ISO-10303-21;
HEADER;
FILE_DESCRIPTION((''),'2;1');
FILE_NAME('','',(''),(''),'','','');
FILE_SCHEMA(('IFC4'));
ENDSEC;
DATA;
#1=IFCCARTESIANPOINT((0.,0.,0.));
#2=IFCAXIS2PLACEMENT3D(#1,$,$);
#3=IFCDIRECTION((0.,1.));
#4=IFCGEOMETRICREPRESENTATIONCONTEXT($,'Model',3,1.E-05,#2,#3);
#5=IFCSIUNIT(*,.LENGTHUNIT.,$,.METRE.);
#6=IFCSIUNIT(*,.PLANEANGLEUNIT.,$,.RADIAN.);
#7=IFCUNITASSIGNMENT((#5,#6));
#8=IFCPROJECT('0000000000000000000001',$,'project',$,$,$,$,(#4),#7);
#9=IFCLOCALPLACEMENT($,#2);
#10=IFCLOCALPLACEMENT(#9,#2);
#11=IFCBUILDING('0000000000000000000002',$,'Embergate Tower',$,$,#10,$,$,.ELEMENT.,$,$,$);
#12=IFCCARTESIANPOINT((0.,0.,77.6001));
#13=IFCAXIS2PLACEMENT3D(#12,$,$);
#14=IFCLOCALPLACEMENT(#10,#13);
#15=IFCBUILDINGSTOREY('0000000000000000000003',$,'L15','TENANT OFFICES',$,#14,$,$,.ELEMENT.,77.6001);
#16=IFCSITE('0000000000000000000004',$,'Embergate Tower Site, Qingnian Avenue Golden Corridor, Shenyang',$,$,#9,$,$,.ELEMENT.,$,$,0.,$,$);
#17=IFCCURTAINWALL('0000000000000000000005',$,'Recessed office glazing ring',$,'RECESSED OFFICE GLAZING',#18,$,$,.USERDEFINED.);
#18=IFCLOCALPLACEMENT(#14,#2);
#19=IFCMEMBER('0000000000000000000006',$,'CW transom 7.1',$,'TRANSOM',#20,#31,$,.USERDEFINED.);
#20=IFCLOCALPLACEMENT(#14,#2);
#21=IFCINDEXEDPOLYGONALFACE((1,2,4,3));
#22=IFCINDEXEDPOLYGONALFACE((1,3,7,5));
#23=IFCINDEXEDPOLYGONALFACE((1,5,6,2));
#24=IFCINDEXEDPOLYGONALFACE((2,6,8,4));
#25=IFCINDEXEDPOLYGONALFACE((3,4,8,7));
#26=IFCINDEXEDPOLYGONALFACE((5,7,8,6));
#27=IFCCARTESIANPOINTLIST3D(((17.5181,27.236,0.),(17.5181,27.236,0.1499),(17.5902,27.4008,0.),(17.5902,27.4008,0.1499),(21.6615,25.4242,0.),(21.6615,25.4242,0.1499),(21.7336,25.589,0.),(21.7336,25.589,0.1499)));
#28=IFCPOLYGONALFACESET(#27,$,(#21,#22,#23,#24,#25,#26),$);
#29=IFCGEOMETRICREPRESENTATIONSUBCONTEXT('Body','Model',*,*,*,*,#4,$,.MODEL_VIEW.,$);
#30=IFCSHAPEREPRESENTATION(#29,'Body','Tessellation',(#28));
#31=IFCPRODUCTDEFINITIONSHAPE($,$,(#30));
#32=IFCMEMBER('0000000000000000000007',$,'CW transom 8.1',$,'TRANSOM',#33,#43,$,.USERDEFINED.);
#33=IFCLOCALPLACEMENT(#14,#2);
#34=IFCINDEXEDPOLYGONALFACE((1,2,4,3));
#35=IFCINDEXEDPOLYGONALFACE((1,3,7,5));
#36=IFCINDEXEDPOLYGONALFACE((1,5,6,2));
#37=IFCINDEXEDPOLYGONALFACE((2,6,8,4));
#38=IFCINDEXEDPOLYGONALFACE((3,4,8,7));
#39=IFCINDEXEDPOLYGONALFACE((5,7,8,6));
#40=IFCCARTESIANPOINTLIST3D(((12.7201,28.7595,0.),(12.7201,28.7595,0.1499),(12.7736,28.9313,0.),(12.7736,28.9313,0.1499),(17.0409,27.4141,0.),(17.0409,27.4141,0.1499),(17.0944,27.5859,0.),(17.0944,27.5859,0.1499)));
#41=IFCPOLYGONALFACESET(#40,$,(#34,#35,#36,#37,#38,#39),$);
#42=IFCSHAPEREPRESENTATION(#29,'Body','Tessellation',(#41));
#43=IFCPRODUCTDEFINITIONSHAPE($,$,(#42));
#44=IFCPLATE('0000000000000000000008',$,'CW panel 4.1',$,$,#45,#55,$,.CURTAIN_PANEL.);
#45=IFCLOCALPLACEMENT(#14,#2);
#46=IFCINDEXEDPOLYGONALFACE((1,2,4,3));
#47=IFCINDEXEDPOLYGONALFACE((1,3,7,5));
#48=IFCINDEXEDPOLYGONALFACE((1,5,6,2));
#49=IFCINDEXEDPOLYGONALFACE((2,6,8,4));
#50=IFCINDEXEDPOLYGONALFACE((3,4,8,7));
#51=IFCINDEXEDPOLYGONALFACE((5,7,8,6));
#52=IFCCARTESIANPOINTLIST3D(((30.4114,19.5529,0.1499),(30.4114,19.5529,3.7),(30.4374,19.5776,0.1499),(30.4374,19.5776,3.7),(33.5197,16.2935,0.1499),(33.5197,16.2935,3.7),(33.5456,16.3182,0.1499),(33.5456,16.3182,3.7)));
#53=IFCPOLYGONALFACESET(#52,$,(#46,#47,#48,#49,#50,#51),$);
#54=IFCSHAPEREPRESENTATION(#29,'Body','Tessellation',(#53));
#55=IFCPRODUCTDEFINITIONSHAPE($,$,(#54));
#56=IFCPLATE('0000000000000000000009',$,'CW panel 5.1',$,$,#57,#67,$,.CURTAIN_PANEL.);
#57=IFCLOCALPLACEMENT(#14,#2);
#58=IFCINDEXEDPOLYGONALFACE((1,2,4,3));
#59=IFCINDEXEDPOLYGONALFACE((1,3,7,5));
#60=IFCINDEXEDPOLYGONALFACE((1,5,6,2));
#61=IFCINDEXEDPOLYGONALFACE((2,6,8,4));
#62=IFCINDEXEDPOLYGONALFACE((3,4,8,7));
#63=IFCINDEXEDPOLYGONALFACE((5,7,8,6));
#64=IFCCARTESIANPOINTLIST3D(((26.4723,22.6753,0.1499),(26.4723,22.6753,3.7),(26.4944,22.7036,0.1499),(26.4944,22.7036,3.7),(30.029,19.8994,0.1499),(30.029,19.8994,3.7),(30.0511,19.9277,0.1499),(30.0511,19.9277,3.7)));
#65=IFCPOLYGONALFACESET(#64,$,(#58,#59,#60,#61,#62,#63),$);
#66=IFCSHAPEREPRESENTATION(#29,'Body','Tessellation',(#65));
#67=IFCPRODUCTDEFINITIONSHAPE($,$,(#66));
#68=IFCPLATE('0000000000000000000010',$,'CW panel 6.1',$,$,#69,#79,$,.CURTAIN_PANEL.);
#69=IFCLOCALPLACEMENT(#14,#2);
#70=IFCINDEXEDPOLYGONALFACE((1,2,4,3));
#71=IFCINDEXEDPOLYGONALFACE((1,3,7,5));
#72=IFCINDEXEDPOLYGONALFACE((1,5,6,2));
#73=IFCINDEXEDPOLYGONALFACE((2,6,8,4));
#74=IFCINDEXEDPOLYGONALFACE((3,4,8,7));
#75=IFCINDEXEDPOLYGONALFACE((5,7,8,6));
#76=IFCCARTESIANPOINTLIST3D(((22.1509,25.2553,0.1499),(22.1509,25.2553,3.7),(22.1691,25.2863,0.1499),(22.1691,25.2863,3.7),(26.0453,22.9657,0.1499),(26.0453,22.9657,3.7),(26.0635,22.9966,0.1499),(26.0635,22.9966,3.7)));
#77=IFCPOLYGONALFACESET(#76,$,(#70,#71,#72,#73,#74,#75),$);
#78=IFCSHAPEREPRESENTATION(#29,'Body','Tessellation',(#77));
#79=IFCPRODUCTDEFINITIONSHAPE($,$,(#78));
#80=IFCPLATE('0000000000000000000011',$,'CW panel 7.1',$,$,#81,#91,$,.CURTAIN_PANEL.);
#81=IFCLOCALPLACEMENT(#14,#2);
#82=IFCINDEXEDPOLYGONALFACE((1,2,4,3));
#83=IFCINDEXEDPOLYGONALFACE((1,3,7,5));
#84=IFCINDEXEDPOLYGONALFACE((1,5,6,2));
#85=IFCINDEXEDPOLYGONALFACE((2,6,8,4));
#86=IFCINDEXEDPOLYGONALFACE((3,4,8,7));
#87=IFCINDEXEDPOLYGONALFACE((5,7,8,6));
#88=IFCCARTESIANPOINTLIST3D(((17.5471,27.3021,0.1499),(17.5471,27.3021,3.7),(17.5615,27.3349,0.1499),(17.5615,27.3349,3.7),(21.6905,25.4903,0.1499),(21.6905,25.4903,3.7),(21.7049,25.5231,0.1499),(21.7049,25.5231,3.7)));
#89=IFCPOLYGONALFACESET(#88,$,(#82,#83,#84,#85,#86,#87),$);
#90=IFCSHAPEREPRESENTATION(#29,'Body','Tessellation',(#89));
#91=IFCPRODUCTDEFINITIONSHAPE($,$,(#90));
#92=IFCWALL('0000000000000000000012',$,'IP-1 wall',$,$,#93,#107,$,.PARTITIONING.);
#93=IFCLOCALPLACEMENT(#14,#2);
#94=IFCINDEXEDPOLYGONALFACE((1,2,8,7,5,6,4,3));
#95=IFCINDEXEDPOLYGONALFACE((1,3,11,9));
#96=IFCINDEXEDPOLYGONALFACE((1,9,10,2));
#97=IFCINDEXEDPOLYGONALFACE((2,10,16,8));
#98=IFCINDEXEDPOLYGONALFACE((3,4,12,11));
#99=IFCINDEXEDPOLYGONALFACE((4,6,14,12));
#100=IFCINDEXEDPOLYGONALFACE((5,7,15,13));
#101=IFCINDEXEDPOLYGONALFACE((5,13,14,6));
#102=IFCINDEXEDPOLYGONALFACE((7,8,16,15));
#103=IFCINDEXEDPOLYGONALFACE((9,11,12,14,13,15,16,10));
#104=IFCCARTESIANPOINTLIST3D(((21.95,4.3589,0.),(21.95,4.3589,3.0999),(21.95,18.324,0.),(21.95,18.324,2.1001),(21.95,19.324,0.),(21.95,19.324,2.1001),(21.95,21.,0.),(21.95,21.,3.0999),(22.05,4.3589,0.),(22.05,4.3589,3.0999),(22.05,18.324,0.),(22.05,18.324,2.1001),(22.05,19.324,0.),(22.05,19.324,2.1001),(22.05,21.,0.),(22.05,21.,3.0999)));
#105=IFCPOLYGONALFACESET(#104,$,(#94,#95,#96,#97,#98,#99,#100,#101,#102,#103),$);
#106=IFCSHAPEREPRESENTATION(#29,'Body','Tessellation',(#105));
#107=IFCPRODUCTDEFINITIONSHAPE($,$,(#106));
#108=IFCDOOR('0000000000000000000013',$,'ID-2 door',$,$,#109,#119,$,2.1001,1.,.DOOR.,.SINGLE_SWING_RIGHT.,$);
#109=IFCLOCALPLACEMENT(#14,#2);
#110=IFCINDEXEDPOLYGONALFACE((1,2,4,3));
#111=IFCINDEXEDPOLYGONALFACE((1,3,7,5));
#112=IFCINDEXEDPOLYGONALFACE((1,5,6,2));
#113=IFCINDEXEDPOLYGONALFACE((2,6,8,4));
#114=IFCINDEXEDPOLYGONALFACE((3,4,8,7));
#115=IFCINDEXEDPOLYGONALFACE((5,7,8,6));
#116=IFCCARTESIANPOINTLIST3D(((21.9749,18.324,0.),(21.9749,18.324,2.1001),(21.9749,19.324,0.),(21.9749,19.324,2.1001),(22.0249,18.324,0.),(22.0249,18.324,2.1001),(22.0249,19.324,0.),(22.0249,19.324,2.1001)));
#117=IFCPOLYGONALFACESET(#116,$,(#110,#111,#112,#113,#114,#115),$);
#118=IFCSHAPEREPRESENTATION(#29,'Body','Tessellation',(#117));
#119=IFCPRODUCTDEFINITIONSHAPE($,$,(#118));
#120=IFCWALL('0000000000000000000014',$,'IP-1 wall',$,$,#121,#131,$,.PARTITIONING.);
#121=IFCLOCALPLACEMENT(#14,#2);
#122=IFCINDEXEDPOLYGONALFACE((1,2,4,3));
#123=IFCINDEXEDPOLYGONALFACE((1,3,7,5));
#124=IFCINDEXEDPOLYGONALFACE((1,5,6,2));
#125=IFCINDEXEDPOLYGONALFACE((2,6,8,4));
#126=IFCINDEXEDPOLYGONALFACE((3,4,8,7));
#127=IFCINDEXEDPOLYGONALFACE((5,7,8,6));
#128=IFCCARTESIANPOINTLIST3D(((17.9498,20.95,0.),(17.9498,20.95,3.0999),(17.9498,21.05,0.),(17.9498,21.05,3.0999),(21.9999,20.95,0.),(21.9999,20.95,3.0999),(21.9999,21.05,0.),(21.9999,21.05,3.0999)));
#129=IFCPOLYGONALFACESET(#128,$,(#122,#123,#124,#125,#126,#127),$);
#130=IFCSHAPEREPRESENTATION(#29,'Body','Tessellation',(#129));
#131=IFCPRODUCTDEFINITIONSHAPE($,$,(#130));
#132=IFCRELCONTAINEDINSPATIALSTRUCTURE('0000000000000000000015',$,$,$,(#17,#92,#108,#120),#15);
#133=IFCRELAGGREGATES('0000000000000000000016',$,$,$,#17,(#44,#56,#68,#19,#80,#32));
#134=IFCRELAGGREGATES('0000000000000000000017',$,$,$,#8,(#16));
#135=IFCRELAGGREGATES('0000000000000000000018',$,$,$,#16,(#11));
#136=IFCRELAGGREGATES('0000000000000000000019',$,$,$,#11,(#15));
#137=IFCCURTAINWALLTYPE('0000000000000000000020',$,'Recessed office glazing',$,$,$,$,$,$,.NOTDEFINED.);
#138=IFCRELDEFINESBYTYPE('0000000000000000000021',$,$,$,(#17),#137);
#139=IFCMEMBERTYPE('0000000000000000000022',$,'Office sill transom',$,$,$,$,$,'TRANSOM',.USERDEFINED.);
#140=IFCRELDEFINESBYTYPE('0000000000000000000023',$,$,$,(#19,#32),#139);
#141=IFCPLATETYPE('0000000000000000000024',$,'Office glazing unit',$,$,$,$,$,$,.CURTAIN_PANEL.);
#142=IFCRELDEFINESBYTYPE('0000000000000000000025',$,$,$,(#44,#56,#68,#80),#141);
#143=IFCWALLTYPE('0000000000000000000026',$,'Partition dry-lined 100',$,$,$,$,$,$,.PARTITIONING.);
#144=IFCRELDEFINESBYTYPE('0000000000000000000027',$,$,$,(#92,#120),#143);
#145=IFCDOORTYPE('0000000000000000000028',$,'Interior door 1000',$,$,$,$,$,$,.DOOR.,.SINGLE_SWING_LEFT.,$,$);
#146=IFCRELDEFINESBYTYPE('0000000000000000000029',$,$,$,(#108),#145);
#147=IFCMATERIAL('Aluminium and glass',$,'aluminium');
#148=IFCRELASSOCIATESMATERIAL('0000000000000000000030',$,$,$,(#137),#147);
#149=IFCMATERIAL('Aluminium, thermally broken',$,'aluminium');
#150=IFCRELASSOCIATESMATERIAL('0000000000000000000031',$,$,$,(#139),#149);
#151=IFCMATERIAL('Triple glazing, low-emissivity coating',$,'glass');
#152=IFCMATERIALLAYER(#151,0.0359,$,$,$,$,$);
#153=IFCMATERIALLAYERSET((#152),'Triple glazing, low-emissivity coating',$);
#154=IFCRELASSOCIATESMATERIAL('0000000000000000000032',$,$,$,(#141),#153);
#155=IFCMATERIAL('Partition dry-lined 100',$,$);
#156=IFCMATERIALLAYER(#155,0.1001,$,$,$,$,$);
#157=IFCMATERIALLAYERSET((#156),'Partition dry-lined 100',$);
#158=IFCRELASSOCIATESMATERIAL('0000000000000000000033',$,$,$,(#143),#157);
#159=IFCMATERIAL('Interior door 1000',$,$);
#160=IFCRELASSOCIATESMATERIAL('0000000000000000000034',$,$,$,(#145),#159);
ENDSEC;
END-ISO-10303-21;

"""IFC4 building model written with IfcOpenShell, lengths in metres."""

from ifc_helpers import new_model, si_unit, direction, frame, frame_2d, origin, origin_2d, place, context, subcontext, project, spatial, rectangle, extrude, source, transform, mapped, material, layer, layer_set, material_profile, profile_set, type_object, element, fill, aggregate, save


model = new_model("IFC4")

# Units and contexts
model_context = context("Model", 3, precision=1e-05, world=origin(), true_north=direction((0.0, 1.0)))
body_context = subcontext(model_context, "Body", "Model", "MODEL_VIEW")
ifc_project = project(units=[si_unit("LENGTHUNIT", "METRE"), si_unit("PLANEANGLEUNIT", "RADIAN")], contexts=[model_context])

# Site, building, storey
site_placement = place(None, origin())
site = spatial("IfcSite", under=ifc_project, at=site_placement, Name="Embergate Tower Site, Qingnian Avenue Golden Corridor, Shenyang", CompositionType="ELEMENT", RefElevation=0.0)
building_placement = place(site_placement, origin())
building = spatial("IfcBuilding", under=site, at=building_placement, Name="Embergate Tower", CompositionType="ELEMENT")
storey_placement = place(building_placement, frame((0.0, 0.0, 77.6001)))
storey = spatial("IfcBuildingStorey", under=building, at=storey_placement, Name="L15", Description="TENANT OFFICES", CompositionType="ELEMENT", Elevation=77.6001)

# Curtain wall, members, plates
ifc_material_1 = material(Name="Aluminium and glass", Category="aluminium")
curtain_wall_type = type_object("IfcCurtainWallType", Name="Recessed office glazing", PredefinedType="NOTDEFINED", material=ifc_material_1)
curtain_wall_placement = place(storey_placement, origin())
curtain_wall = element("IfcCurtainWall", 1, at=curtain_wall_placement, inside=storey, type_object=curtain_wall_type, Name="Recessed office glazing ring", ObjectType="RECESSED OFFICE GLAZING", PredefinedType="USERDEFINED")
ifc_material_2 = material(Name="Aluminium, thermally broken", Category="aluminium")
ifc_material_profile_1 = material_profile(ifc_material_2, rectangle(XDim=0.1799, YDim=0.1499, at=origin_2d()), Name="AL 150x180")
ifc_profile_set_1 = profile_set([ifc_material_profile_1], Name="Aluminium, thermally broken")
member_type_1 = type_object("IfcMemberType", Name="Office sill transom", ElementType="TRANSOM", PredefinedType="USERDEFINED", material=ifc_profile_set_1)
shared_shape_1 = source(origin(), body_context, "Body", "SweptSolid", [
    extrude(rectangle(XDim=0.1799, YDim=0.1499, at=origin_2d()), origin(), (0.0, 0.0, 1.0), 4.5222),
])
member_1_placement = place(storey_placement, frame((21.6975, 25.5066, 0.075), z_axis=(-0.916233, 0.400646, 0.0), x_axis=(-0.400646, -0.916233, 0.0)))
member_1 = element("IfcMember", 2, at=member_1_placement, type_object=member_type_1, Name="CW transom 7.1", ObjectType="TRANSOM", PredefinedType="USERDEFINED", context=body_context, shape_type="MappedRepresentation", body=[
    mapped(shared_shape_1, transform((0.0, 0.0, 0.0))),
])
shared_shape_2 = source(origin(), body_context, "Body", "SweptSolid", [
    extrude(rectangle(XDim=0.1799, YDim=0.1499, at=origin_2d()), origin(), (0.0, 0.0, 1.0), 4.5254),
])
member_2_placement = place(storey_placement, frame((17.0676, 27.5, 0.075), z_axis=(-0.954781, 0.29731, 0.0), x_axis=(-0.29731, -0.954781, 0.0)))
member_2 = element("IfcMember", 3, at=member_2_placement, type_object=member_type_1, Name="CW transom 8.1", ObjectType="TRANSOM", PredefinedType="USERDEFINED", context=body_context, shape_type="MappedRepresentation", body=[
    mapped(shared_shape_2, transform((0.0, 0.0, 0.0))),
])
ifc_material_3 = material(Name="Triple glazing, low-emissivity coating", Category="glass")
ifc_layer_1 = layer(ifc_material_3, 0.0359)
ifc_layer_set_1 = layer_set([ifc_layer_1], Name="Triple glazing, low-emissivity coating")
plate_type = type_object("IfcPlateType", Name="Office glazing unit", PredefinedType="CURTAIN_PANEL", material=ifc_layer_set_1)
shared_shape_3 = source(origin(), body_context, "Body", "SweptSolid", [
    extrude(rectangle(XDim=4.5039, YDim=0.0359, at=origin_2d()), origin(), (0.0, 0.0, 1.0), 3.55),
])
plate_1_placement = place(storey_placement, frame((31.9785, 17.9355, 0.1499), z_axis=(0.0, 0.0, 1.0), x_axis=(-0.69013, 0.723685, 0.0)))
plate_1 = element("IfcPlate", 4, at=plate_1_placement, type_object=plate_type, Name="CW panel 4.1", PredefinedType="CURTAIN_PANEL", context=body_context, shape_type="MappedRepresentation", body=[
    mapped(shared_shape_3, transform((0.0, 0.0, 0.0))),
])
shared_shape_4 = source(origin(), body_context, "Body", "SweptSolid", [
    extrude(rectangle(XDim=4.5117, YDim=0.0359, at=origin_2d()), origin(), (0.0, 0.0, 1.0), 3.55),
])
plate_2_placement = place(storey_placement, frame((28.2617, 21.3015, 0.1499), z_axis=(0.0, 0.0, 1.0), x_axis=(-0.788317, 0.615269, 0.0)))
plate_2 = element("IfcPlate", 5, at=plate_2_placement, type_object=plate_type, Name="CW panel 5.1", PredefinedType="CURTAIN_PANEL", context=body_context, shape_type="MappedRepresentation", body=[
    mapped(shared_shape_4, transform((0.0, 0.0, 0.0))),
])
shared_shape_5 = source(origin(), body_context, "Body", "SweptSolid", [
    extrude(rectangle(XDim=4.5176, YDim=0.0359, at=origin_2d()), origin(), (0.0, 0.0, 1.0), 3.55),
])
plate_3_placement = place(storey_placement, frame((24.1072, 24.126, 0.1499), z_axis=(0.0, 0.0, 1.0), x_axis=(-0.862051, 0.506822, 0.0)))
plate_3 = element("IfcPlate", 6, at=plate_3_placement, type_object=plate_type, Name="CW panel 6.1", PredefinedType="CURTAIN_PANEL", context=body_context, shape_type="MappedRepresentation", body=[
    mapped(shared_shape_5, transform((0.0, 0.0, 0.0))),
])
shared_shape_6 = source(origin(), body_context, "Body", "SweptSolid", [
    extrude(rectangle(XDim=4.5222, YDim=0.0359, at=origin_2d()), origin(), (0.0, 0.0, 1.0), 3.55),
])
plate_4_placement = place(storey_placement, frame((19.626, 26.4126, 0.1499), z_axis=(0.0, 0.0, 1.0), x_axis=(-0.916234, 0.400643, 0.0)))
plate_4 = element("IfcPlate", 7, at=plate_4_placement, type_object=plate_type, Name="CW panel 7.1", PredefinedType="CURTAIN_PANEL", context=body_context, shape_type="MappedRepresentation", body=[
    mapped(shared_shape_6, transform((0.0, 0.0, 0.0))),
])
aggregate(curtain_wall, [plate_1, plate_2, plate_3, member_1, plate_4, member_2])

# Wall, opening, door
ifc_material_4 = material(Name="Partition dry-lined 100")
ifc_layer_2 = layer(ifc_material_4, 0.1001)
ifc_layer_set_2 = layer_set([ifc_layer_2], Name="Partition dry-lined 100")
wall_type = type_object("IfcWallType", Name="Partition dry-lined 100", PredefinedType="PARTITIONING", material=ifc_layer_set_2)
shared_shape_7 = source(origin(), body_context, "Body", "SweptSolid", [
    extrude(rectangle(XDim=16.6411, YDim=0.1001, at=frame_2d((8.3206, 0.0))), origin(), (0.0, 0.0, 1.0), 3.0999),
])
wall_1_placement = place(storey_placement, frame((22.0, 21.0, 0.0), z_axis=(0.0, 0.0, 1.0), x_axis=(0.0, -1.0, 0.0)))
wall_1 = element("IfcWall", 8, at=wall_1_placement, inside=storey, type_object=wall_type, Name="IP-1 wall", PredefinedType="PARTITIONING", context=body_context, shape_type="MappedRepresentation", body=[
    mapped(shared_shape_7, transform((0.0, 0.0, 0.0))),
])
shared_shape_8 = source(origin(), body_context, "Body", "SweptSolid", [
    extrude(rectangle(XDim=1.0, YDim=2.1001, at=frame_2d((0.5, 1.05))), frame((0.0, 0.0601, 0.0), z_axis=(0.0, -1.0, 0.0), x_axis=(1.0, 0.0, 0.0)), (0.0, 0.0, 1.0), 0.1201),
])
opening_placement = place(wall_1_placement, frame((1.676, 0.0, 0.0)))
opening = element("IfcOpeningElement", 9, at=opening_placement, cuts=wall_1, PredefinedType="OPENING", context=body_context, shape_type="MappedRepresentation", body=[
    mapped(shared_shape_8, transform((0.0, 0.0, 0.0))),
])
ifc_material_5 = material(Name="Interior door 1000")
door_type = type_object("IfcDoorType", Name="Interior door 1000", OperationType="SINGLE_SWING_LEFT", PredefinedType="DOOR", material=ifc_material_5)
shared_shape_9 = source(origin(), body_context, "Body", "SweptSolid", [
    extrude(rectangle(XDim=1.0, YDim=2.1001, at=frame_2d((0.5, 1.05))), frame((0.0, 0.0249, 0.0), z_axis=(0.0, -1.0, 0.0), x_axis=(1.0, 0.0, 0.0)), (0.0, 0.0, 1.0), 0.05),
])
door_placement = place(opening_placement, origin())
door = element("IfcDoor", 10, at=door_placement, inside=storey, type_object=door_type, Name="ID-2 door", OperationType="SINGLE_SWING_RIGHT", OverallHeight=2.1001, OverallWidth=1.0, PredefinedType="DOOR", context=body_context, shape_type="MappedRepresentation", body=[
    mapped(shared_shape_9, transform((0.0, 0.0, 0.0))),
])
fill(opening, door)

# Wall
shared_shape_10 = source(origin(), body_context, "Body", "SweptSolid", [
    extrude(rectangle(XDim=4.05, YDim=0.1001, at=frame_2d((2.0249, 0.0))), origin(), (0.0, 0.0, 1.0), 3.0999),
])
wall_2_placement = place(storey_placement, frame((17.95, 21.0, 0.0), z_axis=(0.0, 0.0, 1.0), x_axis=(1.0, 0.0, 0.0)))
element("IfcWall", 11, at=wall_2_placement, inside=storey, type_object=wall_type, Name="IP-1 wall", PredefinedType="PARTITIONING", context=body_context, shape_type="MappedRepresentation", body=[
    mapped(shared_shape_10, transform((0.0, 0.0, 0.0))),
])

save(model, "model.ifc")
